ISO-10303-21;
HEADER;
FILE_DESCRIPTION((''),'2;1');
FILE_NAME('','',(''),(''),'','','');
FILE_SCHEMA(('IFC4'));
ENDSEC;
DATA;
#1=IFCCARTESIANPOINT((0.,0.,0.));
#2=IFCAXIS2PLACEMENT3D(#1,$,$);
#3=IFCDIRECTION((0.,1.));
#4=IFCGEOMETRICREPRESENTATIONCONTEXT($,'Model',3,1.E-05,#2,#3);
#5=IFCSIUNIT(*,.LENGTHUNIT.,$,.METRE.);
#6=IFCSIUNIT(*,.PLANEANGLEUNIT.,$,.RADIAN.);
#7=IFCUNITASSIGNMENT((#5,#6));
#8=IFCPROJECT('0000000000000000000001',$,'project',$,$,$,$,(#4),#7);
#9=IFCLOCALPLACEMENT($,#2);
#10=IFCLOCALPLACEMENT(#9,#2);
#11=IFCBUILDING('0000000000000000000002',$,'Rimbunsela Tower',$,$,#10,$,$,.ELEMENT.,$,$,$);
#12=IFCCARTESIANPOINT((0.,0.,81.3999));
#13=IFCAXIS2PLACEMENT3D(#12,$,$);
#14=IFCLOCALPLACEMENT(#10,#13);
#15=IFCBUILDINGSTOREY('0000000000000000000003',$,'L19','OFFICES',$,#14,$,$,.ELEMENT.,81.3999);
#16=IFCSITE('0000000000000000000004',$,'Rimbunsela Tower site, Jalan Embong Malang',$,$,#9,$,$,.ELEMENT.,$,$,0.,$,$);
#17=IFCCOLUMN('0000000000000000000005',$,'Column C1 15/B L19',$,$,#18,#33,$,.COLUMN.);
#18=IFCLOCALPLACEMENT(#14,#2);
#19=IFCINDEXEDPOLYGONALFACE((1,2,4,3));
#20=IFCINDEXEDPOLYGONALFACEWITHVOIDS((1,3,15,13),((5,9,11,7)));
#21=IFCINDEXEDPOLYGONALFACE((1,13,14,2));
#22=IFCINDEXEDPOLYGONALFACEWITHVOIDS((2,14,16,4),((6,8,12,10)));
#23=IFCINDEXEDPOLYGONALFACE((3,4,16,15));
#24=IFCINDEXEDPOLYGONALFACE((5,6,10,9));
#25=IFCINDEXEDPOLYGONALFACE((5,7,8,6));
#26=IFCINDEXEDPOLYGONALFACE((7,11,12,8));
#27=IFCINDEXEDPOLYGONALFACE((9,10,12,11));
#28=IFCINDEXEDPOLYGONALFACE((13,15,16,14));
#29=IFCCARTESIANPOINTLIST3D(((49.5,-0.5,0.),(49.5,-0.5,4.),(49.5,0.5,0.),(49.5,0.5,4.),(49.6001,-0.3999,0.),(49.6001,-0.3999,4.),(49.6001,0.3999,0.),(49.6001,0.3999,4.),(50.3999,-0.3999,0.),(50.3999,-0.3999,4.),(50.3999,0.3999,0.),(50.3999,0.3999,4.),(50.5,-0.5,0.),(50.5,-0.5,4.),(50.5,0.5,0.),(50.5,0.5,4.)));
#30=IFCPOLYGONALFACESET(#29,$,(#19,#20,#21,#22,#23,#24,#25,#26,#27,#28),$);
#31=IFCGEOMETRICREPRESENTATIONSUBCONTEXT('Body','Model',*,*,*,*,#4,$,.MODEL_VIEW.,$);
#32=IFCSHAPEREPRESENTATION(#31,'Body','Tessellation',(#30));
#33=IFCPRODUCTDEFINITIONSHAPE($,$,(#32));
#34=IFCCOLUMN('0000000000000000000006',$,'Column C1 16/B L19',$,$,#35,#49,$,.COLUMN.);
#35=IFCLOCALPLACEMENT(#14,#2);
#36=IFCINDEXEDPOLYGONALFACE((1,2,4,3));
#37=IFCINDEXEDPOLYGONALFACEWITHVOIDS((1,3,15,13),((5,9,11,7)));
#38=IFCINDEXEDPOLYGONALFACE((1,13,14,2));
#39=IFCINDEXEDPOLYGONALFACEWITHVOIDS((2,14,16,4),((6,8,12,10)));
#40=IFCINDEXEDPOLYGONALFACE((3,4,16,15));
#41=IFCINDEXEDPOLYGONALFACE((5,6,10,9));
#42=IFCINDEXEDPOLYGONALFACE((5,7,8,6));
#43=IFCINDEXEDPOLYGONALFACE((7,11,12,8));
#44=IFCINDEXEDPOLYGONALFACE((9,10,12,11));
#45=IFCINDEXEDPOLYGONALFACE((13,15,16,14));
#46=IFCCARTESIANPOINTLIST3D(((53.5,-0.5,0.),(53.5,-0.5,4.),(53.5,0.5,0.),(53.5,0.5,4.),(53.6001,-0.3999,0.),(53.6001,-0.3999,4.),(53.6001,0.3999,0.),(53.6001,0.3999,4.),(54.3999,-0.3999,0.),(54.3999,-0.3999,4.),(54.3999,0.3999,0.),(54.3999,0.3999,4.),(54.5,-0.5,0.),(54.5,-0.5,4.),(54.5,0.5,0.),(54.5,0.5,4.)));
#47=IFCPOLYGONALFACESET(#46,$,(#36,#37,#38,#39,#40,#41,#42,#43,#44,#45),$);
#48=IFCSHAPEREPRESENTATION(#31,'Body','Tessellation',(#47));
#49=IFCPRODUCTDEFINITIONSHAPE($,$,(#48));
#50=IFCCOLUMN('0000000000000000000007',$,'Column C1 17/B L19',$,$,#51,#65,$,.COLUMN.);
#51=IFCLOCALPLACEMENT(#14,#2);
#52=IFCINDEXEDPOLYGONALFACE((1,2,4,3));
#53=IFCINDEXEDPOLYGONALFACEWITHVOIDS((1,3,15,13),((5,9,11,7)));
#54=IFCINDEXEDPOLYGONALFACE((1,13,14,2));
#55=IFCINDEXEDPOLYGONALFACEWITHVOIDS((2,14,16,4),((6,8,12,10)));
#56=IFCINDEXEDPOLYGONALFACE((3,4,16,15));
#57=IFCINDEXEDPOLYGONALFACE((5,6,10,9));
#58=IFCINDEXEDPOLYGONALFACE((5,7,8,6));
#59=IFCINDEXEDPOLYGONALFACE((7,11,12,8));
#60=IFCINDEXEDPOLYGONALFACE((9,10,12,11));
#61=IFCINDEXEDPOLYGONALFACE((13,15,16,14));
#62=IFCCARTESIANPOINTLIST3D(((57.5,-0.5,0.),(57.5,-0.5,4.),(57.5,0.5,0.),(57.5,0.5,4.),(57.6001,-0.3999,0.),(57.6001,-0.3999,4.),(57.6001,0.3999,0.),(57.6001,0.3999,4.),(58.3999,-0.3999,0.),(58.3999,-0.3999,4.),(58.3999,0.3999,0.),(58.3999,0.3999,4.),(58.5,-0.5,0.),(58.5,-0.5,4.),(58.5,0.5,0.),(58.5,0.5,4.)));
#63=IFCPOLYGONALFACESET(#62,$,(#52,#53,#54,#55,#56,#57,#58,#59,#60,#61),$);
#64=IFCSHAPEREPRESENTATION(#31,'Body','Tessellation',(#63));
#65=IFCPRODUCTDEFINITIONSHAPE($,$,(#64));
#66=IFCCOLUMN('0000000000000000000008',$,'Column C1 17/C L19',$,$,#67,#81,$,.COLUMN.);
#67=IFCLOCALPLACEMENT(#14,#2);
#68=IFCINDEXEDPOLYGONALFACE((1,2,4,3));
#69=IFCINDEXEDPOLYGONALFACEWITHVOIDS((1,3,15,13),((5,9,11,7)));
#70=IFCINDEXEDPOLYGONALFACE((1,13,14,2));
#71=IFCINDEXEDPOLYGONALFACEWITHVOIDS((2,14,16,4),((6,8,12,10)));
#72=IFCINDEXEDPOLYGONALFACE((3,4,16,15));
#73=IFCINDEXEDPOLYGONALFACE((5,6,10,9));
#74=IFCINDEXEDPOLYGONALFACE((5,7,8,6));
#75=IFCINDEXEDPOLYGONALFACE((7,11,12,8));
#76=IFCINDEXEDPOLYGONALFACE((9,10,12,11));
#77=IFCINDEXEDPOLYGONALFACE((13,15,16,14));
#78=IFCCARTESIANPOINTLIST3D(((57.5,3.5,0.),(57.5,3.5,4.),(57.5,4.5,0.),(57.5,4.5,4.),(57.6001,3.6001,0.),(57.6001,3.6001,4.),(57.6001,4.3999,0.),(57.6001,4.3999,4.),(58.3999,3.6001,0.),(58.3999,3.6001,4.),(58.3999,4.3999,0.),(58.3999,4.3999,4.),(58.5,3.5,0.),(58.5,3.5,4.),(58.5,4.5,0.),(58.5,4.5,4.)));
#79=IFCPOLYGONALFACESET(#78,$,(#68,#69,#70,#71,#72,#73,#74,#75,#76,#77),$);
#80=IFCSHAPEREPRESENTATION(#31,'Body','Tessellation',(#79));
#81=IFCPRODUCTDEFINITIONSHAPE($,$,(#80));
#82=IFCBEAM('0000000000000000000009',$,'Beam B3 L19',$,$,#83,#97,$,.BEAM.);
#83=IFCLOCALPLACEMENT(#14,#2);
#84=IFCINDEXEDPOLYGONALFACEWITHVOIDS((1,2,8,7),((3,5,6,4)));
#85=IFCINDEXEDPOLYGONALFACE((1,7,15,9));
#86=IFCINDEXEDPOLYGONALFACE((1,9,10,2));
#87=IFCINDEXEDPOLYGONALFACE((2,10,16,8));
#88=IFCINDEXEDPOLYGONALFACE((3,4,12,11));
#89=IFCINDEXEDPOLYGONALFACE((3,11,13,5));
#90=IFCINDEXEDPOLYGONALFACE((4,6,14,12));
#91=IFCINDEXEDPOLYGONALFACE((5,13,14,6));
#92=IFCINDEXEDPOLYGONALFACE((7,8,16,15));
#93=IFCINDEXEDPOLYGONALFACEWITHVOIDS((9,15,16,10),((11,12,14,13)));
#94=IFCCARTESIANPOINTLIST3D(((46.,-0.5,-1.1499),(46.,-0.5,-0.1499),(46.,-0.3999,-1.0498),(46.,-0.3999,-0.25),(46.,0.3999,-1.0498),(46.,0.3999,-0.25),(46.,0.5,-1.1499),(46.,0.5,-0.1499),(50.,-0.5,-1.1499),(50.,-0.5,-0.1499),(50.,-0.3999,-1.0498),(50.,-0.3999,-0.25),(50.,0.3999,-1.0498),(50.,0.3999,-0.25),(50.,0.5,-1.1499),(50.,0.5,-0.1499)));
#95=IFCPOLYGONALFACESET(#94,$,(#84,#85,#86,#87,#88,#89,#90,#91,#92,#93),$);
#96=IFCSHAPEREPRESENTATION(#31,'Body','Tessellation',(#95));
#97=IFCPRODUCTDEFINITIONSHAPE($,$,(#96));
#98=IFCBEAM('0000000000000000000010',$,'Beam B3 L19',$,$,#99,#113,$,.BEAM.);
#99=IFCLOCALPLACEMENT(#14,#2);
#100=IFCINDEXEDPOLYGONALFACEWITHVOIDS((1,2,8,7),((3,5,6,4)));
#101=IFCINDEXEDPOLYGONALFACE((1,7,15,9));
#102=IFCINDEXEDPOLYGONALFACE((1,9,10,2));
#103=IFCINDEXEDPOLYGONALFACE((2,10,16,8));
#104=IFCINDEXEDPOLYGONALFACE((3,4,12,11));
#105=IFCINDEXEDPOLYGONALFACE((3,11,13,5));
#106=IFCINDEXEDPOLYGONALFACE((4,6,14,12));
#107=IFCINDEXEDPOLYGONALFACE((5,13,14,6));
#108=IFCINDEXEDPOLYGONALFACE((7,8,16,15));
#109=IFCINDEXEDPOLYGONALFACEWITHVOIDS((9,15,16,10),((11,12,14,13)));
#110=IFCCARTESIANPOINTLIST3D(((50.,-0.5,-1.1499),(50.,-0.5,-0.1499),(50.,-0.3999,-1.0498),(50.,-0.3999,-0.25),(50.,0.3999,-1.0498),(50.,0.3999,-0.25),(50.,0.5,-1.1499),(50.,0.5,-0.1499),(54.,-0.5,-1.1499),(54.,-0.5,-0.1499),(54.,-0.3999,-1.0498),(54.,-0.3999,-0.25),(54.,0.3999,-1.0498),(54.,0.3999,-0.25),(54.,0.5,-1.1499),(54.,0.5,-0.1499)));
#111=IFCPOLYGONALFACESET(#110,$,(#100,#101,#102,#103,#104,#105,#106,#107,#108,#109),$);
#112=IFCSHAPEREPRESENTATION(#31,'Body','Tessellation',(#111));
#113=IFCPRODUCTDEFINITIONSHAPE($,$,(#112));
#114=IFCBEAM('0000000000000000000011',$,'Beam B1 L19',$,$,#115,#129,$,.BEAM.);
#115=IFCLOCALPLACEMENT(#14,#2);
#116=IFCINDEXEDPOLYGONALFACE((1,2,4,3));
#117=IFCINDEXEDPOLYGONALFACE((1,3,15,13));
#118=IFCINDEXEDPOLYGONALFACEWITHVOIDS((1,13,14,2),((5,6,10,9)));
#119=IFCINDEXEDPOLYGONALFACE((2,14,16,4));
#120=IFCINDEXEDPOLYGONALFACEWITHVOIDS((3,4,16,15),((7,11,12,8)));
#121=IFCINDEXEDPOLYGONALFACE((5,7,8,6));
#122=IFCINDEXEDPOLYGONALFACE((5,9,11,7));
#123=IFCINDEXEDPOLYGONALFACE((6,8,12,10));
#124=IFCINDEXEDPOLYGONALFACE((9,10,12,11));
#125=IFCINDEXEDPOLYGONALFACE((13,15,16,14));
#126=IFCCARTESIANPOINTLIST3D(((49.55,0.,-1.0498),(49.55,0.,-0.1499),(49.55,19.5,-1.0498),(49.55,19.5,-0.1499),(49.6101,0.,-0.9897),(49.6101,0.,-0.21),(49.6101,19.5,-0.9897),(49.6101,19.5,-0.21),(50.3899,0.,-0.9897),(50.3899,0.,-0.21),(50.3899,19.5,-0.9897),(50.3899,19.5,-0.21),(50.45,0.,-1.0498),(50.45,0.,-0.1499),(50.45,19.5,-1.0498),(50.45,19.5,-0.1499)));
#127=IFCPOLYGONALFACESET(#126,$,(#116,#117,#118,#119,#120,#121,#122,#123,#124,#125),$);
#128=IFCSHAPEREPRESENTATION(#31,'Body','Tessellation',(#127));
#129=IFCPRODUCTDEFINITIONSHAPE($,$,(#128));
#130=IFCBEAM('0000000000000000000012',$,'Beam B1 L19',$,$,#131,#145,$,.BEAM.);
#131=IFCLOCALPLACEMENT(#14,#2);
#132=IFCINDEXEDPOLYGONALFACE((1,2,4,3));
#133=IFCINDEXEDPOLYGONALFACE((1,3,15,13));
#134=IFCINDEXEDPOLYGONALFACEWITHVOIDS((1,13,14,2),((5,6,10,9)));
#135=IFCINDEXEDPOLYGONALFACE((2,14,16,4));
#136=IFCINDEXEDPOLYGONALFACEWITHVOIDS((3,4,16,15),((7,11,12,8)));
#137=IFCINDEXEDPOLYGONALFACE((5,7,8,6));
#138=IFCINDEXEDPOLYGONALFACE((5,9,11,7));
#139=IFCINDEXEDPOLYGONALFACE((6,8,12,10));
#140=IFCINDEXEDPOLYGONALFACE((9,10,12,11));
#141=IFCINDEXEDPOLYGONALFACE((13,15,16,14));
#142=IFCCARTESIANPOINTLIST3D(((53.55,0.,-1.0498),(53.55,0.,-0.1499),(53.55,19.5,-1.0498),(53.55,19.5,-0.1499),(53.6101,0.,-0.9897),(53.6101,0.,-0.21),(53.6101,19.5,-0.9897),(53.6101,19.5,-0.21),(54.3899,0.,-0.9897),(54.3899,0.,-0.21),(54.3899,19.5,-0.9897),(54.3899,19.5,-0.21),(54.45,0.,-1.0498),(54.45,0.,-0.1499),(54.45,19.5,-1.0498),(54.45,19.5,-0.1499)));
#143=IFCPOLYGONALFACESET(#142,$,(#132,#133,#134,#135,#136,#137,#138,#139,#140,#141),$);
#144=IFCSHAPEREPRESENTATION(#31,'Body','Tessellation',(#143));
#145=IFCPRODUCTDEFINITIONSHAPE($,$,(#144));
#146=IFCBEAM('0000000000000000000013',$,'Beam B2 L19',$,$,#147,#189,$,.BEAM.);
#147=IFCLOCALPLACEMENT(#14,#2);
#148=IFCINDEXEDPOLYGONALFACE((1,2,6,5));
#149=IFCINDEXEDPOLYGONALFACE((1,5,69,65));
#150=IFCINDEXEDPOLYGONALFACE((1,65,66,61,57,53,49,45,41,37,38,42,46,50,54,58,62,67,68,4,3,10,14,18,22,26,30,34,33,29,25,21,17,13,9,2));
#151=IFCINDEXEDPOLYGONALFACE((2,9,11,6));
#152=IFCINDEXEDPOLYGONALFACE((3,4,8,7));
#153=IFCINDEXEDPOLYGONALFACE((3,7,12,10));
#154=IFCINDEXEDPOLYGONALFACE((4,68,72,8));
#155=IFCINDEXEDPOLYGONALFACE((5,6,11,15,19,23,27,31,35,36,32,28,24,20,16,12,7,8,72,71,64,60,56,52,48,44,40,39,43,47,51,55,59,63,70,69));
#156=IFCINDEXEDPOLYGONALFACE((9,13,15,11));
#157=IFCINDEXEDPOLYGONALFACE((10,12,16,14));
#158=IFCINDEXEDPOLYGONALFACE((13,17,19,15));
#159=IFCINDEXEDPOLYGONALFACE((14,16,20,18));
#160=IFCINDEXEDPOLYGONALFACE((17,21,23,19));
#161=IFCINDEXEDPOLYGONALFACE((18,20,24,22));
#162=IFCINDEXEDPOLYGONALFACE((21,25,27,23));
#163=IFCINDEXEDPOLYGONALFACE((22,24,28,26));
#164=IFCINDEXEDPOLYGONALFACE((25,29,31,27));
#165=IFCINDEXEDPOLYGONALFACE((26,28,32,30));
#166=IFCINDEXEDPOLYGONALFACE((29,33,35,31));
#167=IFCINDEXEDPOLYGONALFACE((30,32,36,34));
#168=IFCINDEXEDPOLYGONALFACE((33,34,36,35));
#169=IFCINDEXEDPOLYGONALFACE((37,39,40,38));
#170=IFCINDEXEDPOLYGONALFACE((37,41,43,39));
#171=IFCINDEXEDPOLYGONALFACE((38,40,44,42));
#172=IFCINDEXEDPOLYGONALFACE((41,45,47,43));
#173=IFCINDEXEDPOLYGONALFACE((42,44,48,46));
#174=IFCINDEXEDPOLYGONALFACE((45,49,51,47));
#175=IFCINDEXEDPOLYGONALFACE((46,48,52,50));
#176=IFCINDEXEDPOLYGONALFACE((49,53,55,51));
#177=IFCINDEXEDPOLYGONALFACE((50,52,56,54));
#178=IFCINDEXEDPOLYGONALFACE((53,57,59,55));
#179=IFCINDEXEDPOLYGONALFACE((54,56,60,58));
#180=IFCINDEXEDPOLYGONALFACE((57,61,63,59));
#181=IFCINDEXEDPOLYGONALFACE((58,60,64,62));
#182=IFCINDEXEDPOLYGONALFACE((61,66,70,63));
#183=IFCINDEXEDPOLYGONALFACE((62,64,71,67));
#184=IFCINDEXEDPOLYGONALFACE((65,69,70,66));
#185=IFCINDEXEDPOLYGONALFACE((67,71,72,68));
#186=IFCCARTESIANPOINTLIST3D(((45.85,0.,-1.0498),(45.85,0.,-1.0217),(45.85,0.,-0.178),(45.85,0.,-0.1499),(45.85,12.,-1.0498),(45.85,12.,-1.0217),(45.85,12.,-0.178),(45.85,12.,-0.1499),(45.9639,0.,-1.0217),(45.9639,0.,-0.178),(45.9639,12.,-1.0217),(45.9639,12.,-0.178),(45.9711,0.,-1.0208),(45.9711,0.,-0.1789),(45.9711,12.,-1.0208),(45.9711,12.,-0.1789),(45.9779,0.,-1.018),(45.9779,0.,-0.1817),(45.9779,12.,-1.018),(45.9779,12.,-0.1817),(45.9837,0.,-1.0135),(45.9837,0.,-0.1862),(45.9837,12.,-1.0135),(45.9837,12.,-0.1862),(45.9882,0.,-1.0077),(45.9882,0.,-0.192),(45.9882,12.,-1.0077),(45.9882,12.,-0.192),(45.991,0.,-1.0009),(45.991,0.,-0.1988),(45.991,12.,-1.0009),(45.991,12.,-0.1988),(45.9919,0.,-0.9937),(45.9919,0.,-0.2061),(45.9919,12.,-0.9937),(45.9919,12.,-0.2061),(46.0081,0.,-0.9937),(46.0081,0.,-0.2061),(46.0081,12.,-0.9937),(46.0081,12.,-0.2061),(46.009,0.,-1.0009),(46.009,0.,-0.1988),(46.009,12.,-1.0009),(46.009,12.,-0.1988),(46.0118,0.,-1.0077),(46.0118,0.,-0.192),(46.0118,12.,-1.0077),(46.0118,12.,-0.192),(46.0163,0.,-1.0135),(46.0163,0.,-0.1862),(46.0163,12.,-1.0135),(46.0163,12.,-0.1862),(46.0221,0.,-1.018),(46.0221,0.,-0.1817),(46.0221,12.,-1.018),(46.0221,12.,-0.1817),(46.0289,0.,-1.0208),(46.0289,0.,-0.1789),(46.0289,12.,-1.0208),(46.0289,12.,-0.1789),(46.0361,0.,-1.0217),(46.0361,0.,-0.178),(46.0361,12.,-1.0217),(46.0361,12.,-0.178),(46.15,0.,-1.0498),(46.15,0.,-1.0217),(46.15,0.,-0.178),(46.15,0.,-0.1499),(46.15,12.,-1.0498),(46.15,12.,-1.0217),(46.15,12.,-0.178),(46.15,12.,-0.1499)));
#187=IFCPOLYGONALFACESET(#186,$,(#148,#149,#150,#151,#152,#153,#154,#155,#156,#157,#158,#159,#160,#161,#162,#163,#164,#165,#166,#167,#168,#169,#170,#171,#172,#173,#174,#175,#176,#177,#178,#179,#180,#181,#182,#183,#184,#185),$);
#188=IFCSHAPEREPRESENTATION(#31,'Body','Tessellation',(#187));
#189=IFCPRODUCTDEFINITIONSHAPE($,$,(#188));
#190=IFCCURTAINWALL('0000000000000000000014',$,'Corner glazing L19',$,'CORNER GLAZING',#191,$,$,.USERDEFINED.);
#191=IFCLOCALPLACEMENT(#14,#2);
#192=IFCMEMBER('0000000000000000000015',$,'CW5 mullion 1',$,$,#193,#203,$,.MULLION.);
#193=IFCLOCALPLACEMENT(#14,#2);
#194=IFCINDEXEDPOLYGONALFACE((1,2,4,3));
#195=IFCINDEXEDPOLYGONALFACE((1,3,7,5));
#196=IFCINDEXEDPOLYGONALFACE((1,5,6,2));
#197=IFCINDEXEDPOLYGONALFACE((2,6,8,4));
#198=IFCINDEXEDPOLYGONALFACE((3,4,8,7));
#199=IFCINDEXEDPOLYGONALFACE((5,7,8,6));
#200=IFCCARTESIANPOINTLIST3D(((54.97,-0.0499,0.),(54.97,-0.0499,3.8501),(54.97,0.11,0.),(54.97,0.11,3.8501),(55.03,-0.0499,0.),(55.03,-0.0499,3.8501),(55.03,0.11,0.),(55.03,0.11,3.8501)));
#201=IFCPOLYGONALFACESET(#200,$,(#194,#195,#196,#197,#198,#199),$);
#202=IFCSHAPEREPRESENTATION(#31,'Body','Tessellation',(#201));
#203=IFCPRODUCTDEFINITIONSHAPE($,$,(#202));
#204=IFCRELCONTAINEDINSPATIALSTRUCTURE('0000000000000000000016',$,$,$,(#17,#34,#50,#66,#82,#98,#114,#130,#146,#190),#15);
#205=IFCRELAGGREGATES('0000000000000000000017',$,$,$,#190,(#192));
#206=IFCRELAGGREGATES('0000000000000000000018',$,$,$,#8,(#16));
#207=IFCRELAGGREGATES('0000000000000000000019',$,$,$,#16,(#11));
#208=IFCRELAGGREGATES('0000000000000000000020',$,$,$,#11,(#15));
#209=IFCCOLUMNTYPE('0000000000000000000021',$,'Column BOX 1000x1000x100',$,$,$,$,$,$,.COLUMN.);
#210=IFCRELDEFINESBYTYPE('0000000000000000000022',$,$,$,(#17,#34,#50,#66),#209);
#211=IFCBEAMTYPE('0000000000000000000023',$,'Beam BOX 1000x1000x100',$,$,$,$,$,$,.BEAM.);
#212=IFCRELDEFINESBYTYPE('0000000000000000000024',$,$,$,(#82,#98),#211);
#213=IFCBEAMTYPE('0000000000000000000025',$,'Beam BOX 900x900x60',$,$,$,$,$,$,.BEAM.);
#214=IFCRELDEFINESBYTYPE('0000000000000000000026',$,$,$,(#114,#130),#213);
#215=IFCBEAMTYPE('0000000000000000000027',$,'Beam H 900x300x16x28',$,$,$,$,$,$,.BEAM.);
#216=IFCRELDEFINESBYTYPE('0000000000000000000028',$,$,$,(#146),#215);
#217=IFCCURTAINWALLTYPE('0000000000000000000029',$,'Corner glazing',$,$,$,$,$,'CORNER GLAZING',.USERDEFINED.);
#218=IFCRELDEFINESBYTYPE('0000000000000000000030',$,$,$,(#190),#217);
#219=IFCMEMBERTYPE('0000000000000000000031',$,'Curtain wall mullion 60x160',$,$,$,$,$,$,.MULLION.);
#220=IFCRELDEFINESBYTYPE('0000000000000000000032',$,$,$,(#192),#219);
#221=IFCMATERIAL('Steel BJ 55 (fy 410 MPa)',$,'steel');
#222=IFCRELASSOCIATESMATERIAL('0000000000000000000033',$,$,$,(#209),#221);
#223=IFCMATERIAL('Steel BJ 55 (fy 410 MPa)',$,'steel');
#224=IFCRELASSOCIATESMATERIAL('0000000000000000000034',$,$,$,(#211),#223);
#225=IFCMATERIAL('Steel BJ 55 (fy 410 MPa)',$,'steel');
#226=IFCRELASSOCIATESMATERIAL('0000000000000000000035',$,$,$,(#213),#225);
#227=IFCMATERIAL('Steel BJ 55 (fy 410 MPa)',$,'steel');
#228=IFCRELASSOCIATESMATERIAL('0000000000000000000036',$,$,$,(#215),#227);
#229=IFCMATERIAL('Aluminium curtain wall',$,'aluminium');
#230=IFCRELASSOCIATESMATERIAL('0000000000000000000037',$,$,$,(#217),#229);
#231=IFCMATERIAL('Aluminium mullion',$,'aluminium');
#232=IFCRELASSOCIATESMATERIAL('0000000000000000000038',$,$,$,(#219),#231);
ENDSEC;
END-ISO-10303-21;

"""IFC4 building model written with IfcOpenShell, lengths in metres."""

from ifc_helpers import new_model, si_unit, direction, frame, origin, origin_2d, place, context, subcontext, project, spatial, rectangle, hollow_rectangle, i_section, extrude, material, material_profile, profile_set, type_object, element, aggregate, save


model = new_model("IFC4")

# Units and contexts
model_context = context("Model", 3, precision=1e-05, world=origin(), true_north=direction((0.0, 1.0)))
body_context = subcontext(model_context, "Body", "Model", "MODEL_VIEW")
ifc_project = project(units=[si_unit("LENGTHUNIT", "METRE"), si_unit("PLANEANGLEUNIT", "RADIAN")], contexts=[model_context])

# Site, building, storey
site_placement = place(None, origin())
site = spatial("IfcSite", under=ifc_project, at=site_placement, Name="Rimbunsela Tower site, Jalan Embong Malang", CompositionType="ELEMENT", RefElevation=0.0)
building_placement = place(site_placement, origin())
building = spatial("IfcBuilding", under=site, at=building_placement, Name="Rimbunsela Tower", CompositionType="ELEMENT")
storey_placement = place(building_placement, frame((0.0, 0.0, 81.3999)))
storey = spatial("IfcBuildingStorey", under=building, at=storey_placement, Name="L19", Description="OFFICES", CompositionType="ELEMENT", Elevation=81.3999)

# Columns
ifc_material_1 = material(Name="Steel BJ 55 (fy 410 MPa)", Category="steel")
ifc_material_profile_1 = material_profile(ifc_material_1, hollow_rectangle(XDim=1.0, YDim=1.0, WallThickness=0.1001, at=origin_2d()), Name="BOX 1000x1000x100")
ifc_profile_set_1 = profile_set([ifc_material_profile_1], Name="Steel BJ 55 (fy 410 MPa)")
column_type = type_object("IfcColumnType", Name="Column BOX 1000x1000x100", PredefinedType="COLUMN", material=ifc_profile_set_1)
for number, where, z_axis, x_axis, name in (
    (1, (50.0, 0.0, 0.0), (0.0, 0.0, 1.0), (1.0, 0.0, 0.0), "Column C1 15/B L19"),
    (2, (54.0, 0.0, 0.0), (0.0, 0.0, 1.0), (1.0, 0.0, 0.0), "Column C1 16/B L19"),
    (3, (58.0, 0.0, 0.0), (0.0, 0.0, 1.0), (1.0, 0.0, 0.0), "Column C1 17/B L19"),
    (4, (58.0, 4.0, 0.0), (0.0, 0.0, 1.0), (1.0, 0.0, 0.0), "Column C1 17/C L19"),
):
    element("IfcColumn", number, at=place(storey_placement, frame(where, z_axis=z_axis, x_axis=x_axis)), inside=storey, type_object=column_type, Name=name, PredefinedType="COLUMN", context=body_context, shape_type="SweptSolid", body=[
        extrude(hollow_rectangle(XDim=1.0, YDim=1.0, WallThickness=0.1001, at=origin_2d()), origin(), (0.0, 0.0, 1.0), 4.0),
    ])

# Beams
ifc_material_2 = material(Name="Steel BJ 55 (fy 410 MPa)", Category="steel")
ifc_material_profile_2 = material_profile(ifc_material_2, hollow_rectangle(XDim=1.0, YDim=1.0, WallThickness=0.1001, at=origin_2d()), Name="BOX 1000x1000x100")
ifc_profile_set_2 = profile_set([ifc_material_profile_2], Name="Steel BJ 55 (fy 410 MPa)")
beam_type_1 = type_object("IfcBeamType", Name="Beam BOX 1000x1000x100", PredefinedType="BEAM", material=ifc_profile_set_2)
for number, where, z_axis, x_axis, name in (
    (5, (46.0, 0.0, -0.6499), (1.0, 0.0, 0.0), (0.0, 1.0, 0.0), "Beam B3 L19"),
    (6, (50.0, 0.0, -0.6499), (1.0, 0.0, 0.0), (0.0, 1.0, 0.0), "Beam B3 L19"),
):
    element("IfcBeam", number, at=place(storey_placement, frame(where, z_axis=z_axis, x_axis=x_axis)), inside=storey, type_object=beam_type_1, Name=name, PredefinedType="BEAM", context=body_context, shape_type="SweptSolid", body=[
        extrude(hollow_rectangle(XDim=1.0, YDim=1.0, WallThickness=0.1001, at=origin_2d()), origin(), (0.0, 0.0, 1.0), 4.0),
    ])
ifc_material_3 = material(Name="Steel BJ 55 (fy 410 MPa)", Category="steel")
ifc_material_profile_3 = material_profile(ifc_material_3, hollow_rectangle(XDim=0.8999, YDim=0.8999, WallThickness=0.0601, at=origin_2d()), Name="BOX 900x900x60")
ifc_profile_set_3 = profile_set([ifc_material_profile_3], Name="Steel BJ 55 (fy 410 MPa)")
beam_type_2 = type_object("IfcBeamType", Name="Beam BOX 900x900x60", PredefinedType="BEAM", material=ifc_profile_set_3)
for number, where, z_axis, x_axis, name in (
    (7, (50.0, 0.0, -0.5999), (0.0, 1.0, 0.0), (-1.0, 0.0, 0.0), "Beam B1 L19"),
    (8, (54.0, 0.0, -0.5999), (0.0, 1.0, 0.0), (-1.0, 0.0, 0.0), "Beam B1 L19"),
):
    element("IfcBeam", number, at=place(storey_placement, frame(where, z_axis=z_axis, x_axis=x_axis)), inside=storey, type_object=beam_type_2, Name=name, PredefinedType="BEAM", context=body_context, shape_type="SweptSolid", body=[
        extrude(hollow_rectangle(XDim=0.8999, YDim=0.8999, WallThickness=0.0601, at=origin_2d()), origin(), (0.0, 0.0, 1.0), 19.5),
    ])
ifc_material_4 = material(Name="Steel BJ 55 (fy 410 MPa)", Category="steel")
ifc_material_profile_4 = material_profile(ifc_material_4, i_section(OverallWidth=0.3, OverallDepth=0.8999, WebThickness=0.0161, FlangeThickness=0.0281, FilletRadius=0.0281, at=origin_2d()), Name="H 900x300x16x28")
ifc_profile_set_4 = profile_set([ifc_material_profile_4], Name="Steel BJ 55 (fy 410 MPa)")
beam_type_3 = type_object("IfcBeamType", Name="Beam H 900x300x16x28", PredefinedType="BEAM", material=ifc_profile_set_4)
beam_placement = place(storey_placement, frame((46.0, 0.0, -0.5999), z_axis=(0.0, 1.0, 0.0), x_axis=(-1.0, 0.0, 0.0)))
element("IfcBeam", 9, at=beam_placement, inside=storey, type_object=beam_type_3, Name="Beam B2 L19", PredefinedType="BEAM", context=body_context, shape_type="SweptSolid", body=[
    extrude(i_section(OverallWidth=0.3, OverallDepth=0.8999, WebThickness=0.0161, FlangeThickness=0.0281, FilletRadius=0.0281, at=origin_2d()), origin(), (0.0, 0.0, 1.0), 12.0),
])

# Curtain wall, member
ifc_material_5 = material(Name="Aluminium curtain wall", Category="aluminium")
curtain_wall_type = type_object("IfcCurtainWallType", Name="Corner glazing", ElementType="CORNER GLAZING", PredefinedType="USERDEFINED", material=ifc_material_5)
curtain_wall_1_placement = place(storey_placement, origin())
curtain_wall_1 = element("IfcCurtainWall", 10, at=curtain_wall_1_placement, inside=storey, type_object=curtain_wall_type, Name="Corner glazing L19", ObjectType="CORNER GLAZING", PredefinedType="USERDEFINED")
ifc_material_6 = material(Name="Aluminium mullion", Category="aluminium")
ifc_material_profile_5 = material_profile(ifc_material_6, rectangle(XDim=0.0601, YDim=0.1599, at=origin_2d()), Name="Mullion 60x160")
ifc_profile_set_5 = profile_set([ifc_material_profile_5], Name="Aluminium mullion")
member_type_1 = type_object("IfcMemberType", Name="Curtain wall mullion 60x160", PredefinedType="MULLION", material=ifc_profile_set_5)
member_1_placement = place(storey_placement, frame((55.0, 0.03, 0.0), z_axis=(0.0, 0.0, 1.0), x_axis=(-1.0, 0.0, 0.0)))
member_1 = element("IfcMember", 11, at=member_1_placement, type_object=member_type_1, Name="CW5 mullion 1", PredefinedType="MULLION", context=body_context, shape_type="SweptSolid", body=[
    extrude(rectangle(XDim=0.0601, YDim=0.1599, at=origin_2d()), origin(), (0.0, 0.0, 1.0), 3.8501),
])

aggregate(curtain_wall_1, [member_1])

save(model, "model.ifc")
